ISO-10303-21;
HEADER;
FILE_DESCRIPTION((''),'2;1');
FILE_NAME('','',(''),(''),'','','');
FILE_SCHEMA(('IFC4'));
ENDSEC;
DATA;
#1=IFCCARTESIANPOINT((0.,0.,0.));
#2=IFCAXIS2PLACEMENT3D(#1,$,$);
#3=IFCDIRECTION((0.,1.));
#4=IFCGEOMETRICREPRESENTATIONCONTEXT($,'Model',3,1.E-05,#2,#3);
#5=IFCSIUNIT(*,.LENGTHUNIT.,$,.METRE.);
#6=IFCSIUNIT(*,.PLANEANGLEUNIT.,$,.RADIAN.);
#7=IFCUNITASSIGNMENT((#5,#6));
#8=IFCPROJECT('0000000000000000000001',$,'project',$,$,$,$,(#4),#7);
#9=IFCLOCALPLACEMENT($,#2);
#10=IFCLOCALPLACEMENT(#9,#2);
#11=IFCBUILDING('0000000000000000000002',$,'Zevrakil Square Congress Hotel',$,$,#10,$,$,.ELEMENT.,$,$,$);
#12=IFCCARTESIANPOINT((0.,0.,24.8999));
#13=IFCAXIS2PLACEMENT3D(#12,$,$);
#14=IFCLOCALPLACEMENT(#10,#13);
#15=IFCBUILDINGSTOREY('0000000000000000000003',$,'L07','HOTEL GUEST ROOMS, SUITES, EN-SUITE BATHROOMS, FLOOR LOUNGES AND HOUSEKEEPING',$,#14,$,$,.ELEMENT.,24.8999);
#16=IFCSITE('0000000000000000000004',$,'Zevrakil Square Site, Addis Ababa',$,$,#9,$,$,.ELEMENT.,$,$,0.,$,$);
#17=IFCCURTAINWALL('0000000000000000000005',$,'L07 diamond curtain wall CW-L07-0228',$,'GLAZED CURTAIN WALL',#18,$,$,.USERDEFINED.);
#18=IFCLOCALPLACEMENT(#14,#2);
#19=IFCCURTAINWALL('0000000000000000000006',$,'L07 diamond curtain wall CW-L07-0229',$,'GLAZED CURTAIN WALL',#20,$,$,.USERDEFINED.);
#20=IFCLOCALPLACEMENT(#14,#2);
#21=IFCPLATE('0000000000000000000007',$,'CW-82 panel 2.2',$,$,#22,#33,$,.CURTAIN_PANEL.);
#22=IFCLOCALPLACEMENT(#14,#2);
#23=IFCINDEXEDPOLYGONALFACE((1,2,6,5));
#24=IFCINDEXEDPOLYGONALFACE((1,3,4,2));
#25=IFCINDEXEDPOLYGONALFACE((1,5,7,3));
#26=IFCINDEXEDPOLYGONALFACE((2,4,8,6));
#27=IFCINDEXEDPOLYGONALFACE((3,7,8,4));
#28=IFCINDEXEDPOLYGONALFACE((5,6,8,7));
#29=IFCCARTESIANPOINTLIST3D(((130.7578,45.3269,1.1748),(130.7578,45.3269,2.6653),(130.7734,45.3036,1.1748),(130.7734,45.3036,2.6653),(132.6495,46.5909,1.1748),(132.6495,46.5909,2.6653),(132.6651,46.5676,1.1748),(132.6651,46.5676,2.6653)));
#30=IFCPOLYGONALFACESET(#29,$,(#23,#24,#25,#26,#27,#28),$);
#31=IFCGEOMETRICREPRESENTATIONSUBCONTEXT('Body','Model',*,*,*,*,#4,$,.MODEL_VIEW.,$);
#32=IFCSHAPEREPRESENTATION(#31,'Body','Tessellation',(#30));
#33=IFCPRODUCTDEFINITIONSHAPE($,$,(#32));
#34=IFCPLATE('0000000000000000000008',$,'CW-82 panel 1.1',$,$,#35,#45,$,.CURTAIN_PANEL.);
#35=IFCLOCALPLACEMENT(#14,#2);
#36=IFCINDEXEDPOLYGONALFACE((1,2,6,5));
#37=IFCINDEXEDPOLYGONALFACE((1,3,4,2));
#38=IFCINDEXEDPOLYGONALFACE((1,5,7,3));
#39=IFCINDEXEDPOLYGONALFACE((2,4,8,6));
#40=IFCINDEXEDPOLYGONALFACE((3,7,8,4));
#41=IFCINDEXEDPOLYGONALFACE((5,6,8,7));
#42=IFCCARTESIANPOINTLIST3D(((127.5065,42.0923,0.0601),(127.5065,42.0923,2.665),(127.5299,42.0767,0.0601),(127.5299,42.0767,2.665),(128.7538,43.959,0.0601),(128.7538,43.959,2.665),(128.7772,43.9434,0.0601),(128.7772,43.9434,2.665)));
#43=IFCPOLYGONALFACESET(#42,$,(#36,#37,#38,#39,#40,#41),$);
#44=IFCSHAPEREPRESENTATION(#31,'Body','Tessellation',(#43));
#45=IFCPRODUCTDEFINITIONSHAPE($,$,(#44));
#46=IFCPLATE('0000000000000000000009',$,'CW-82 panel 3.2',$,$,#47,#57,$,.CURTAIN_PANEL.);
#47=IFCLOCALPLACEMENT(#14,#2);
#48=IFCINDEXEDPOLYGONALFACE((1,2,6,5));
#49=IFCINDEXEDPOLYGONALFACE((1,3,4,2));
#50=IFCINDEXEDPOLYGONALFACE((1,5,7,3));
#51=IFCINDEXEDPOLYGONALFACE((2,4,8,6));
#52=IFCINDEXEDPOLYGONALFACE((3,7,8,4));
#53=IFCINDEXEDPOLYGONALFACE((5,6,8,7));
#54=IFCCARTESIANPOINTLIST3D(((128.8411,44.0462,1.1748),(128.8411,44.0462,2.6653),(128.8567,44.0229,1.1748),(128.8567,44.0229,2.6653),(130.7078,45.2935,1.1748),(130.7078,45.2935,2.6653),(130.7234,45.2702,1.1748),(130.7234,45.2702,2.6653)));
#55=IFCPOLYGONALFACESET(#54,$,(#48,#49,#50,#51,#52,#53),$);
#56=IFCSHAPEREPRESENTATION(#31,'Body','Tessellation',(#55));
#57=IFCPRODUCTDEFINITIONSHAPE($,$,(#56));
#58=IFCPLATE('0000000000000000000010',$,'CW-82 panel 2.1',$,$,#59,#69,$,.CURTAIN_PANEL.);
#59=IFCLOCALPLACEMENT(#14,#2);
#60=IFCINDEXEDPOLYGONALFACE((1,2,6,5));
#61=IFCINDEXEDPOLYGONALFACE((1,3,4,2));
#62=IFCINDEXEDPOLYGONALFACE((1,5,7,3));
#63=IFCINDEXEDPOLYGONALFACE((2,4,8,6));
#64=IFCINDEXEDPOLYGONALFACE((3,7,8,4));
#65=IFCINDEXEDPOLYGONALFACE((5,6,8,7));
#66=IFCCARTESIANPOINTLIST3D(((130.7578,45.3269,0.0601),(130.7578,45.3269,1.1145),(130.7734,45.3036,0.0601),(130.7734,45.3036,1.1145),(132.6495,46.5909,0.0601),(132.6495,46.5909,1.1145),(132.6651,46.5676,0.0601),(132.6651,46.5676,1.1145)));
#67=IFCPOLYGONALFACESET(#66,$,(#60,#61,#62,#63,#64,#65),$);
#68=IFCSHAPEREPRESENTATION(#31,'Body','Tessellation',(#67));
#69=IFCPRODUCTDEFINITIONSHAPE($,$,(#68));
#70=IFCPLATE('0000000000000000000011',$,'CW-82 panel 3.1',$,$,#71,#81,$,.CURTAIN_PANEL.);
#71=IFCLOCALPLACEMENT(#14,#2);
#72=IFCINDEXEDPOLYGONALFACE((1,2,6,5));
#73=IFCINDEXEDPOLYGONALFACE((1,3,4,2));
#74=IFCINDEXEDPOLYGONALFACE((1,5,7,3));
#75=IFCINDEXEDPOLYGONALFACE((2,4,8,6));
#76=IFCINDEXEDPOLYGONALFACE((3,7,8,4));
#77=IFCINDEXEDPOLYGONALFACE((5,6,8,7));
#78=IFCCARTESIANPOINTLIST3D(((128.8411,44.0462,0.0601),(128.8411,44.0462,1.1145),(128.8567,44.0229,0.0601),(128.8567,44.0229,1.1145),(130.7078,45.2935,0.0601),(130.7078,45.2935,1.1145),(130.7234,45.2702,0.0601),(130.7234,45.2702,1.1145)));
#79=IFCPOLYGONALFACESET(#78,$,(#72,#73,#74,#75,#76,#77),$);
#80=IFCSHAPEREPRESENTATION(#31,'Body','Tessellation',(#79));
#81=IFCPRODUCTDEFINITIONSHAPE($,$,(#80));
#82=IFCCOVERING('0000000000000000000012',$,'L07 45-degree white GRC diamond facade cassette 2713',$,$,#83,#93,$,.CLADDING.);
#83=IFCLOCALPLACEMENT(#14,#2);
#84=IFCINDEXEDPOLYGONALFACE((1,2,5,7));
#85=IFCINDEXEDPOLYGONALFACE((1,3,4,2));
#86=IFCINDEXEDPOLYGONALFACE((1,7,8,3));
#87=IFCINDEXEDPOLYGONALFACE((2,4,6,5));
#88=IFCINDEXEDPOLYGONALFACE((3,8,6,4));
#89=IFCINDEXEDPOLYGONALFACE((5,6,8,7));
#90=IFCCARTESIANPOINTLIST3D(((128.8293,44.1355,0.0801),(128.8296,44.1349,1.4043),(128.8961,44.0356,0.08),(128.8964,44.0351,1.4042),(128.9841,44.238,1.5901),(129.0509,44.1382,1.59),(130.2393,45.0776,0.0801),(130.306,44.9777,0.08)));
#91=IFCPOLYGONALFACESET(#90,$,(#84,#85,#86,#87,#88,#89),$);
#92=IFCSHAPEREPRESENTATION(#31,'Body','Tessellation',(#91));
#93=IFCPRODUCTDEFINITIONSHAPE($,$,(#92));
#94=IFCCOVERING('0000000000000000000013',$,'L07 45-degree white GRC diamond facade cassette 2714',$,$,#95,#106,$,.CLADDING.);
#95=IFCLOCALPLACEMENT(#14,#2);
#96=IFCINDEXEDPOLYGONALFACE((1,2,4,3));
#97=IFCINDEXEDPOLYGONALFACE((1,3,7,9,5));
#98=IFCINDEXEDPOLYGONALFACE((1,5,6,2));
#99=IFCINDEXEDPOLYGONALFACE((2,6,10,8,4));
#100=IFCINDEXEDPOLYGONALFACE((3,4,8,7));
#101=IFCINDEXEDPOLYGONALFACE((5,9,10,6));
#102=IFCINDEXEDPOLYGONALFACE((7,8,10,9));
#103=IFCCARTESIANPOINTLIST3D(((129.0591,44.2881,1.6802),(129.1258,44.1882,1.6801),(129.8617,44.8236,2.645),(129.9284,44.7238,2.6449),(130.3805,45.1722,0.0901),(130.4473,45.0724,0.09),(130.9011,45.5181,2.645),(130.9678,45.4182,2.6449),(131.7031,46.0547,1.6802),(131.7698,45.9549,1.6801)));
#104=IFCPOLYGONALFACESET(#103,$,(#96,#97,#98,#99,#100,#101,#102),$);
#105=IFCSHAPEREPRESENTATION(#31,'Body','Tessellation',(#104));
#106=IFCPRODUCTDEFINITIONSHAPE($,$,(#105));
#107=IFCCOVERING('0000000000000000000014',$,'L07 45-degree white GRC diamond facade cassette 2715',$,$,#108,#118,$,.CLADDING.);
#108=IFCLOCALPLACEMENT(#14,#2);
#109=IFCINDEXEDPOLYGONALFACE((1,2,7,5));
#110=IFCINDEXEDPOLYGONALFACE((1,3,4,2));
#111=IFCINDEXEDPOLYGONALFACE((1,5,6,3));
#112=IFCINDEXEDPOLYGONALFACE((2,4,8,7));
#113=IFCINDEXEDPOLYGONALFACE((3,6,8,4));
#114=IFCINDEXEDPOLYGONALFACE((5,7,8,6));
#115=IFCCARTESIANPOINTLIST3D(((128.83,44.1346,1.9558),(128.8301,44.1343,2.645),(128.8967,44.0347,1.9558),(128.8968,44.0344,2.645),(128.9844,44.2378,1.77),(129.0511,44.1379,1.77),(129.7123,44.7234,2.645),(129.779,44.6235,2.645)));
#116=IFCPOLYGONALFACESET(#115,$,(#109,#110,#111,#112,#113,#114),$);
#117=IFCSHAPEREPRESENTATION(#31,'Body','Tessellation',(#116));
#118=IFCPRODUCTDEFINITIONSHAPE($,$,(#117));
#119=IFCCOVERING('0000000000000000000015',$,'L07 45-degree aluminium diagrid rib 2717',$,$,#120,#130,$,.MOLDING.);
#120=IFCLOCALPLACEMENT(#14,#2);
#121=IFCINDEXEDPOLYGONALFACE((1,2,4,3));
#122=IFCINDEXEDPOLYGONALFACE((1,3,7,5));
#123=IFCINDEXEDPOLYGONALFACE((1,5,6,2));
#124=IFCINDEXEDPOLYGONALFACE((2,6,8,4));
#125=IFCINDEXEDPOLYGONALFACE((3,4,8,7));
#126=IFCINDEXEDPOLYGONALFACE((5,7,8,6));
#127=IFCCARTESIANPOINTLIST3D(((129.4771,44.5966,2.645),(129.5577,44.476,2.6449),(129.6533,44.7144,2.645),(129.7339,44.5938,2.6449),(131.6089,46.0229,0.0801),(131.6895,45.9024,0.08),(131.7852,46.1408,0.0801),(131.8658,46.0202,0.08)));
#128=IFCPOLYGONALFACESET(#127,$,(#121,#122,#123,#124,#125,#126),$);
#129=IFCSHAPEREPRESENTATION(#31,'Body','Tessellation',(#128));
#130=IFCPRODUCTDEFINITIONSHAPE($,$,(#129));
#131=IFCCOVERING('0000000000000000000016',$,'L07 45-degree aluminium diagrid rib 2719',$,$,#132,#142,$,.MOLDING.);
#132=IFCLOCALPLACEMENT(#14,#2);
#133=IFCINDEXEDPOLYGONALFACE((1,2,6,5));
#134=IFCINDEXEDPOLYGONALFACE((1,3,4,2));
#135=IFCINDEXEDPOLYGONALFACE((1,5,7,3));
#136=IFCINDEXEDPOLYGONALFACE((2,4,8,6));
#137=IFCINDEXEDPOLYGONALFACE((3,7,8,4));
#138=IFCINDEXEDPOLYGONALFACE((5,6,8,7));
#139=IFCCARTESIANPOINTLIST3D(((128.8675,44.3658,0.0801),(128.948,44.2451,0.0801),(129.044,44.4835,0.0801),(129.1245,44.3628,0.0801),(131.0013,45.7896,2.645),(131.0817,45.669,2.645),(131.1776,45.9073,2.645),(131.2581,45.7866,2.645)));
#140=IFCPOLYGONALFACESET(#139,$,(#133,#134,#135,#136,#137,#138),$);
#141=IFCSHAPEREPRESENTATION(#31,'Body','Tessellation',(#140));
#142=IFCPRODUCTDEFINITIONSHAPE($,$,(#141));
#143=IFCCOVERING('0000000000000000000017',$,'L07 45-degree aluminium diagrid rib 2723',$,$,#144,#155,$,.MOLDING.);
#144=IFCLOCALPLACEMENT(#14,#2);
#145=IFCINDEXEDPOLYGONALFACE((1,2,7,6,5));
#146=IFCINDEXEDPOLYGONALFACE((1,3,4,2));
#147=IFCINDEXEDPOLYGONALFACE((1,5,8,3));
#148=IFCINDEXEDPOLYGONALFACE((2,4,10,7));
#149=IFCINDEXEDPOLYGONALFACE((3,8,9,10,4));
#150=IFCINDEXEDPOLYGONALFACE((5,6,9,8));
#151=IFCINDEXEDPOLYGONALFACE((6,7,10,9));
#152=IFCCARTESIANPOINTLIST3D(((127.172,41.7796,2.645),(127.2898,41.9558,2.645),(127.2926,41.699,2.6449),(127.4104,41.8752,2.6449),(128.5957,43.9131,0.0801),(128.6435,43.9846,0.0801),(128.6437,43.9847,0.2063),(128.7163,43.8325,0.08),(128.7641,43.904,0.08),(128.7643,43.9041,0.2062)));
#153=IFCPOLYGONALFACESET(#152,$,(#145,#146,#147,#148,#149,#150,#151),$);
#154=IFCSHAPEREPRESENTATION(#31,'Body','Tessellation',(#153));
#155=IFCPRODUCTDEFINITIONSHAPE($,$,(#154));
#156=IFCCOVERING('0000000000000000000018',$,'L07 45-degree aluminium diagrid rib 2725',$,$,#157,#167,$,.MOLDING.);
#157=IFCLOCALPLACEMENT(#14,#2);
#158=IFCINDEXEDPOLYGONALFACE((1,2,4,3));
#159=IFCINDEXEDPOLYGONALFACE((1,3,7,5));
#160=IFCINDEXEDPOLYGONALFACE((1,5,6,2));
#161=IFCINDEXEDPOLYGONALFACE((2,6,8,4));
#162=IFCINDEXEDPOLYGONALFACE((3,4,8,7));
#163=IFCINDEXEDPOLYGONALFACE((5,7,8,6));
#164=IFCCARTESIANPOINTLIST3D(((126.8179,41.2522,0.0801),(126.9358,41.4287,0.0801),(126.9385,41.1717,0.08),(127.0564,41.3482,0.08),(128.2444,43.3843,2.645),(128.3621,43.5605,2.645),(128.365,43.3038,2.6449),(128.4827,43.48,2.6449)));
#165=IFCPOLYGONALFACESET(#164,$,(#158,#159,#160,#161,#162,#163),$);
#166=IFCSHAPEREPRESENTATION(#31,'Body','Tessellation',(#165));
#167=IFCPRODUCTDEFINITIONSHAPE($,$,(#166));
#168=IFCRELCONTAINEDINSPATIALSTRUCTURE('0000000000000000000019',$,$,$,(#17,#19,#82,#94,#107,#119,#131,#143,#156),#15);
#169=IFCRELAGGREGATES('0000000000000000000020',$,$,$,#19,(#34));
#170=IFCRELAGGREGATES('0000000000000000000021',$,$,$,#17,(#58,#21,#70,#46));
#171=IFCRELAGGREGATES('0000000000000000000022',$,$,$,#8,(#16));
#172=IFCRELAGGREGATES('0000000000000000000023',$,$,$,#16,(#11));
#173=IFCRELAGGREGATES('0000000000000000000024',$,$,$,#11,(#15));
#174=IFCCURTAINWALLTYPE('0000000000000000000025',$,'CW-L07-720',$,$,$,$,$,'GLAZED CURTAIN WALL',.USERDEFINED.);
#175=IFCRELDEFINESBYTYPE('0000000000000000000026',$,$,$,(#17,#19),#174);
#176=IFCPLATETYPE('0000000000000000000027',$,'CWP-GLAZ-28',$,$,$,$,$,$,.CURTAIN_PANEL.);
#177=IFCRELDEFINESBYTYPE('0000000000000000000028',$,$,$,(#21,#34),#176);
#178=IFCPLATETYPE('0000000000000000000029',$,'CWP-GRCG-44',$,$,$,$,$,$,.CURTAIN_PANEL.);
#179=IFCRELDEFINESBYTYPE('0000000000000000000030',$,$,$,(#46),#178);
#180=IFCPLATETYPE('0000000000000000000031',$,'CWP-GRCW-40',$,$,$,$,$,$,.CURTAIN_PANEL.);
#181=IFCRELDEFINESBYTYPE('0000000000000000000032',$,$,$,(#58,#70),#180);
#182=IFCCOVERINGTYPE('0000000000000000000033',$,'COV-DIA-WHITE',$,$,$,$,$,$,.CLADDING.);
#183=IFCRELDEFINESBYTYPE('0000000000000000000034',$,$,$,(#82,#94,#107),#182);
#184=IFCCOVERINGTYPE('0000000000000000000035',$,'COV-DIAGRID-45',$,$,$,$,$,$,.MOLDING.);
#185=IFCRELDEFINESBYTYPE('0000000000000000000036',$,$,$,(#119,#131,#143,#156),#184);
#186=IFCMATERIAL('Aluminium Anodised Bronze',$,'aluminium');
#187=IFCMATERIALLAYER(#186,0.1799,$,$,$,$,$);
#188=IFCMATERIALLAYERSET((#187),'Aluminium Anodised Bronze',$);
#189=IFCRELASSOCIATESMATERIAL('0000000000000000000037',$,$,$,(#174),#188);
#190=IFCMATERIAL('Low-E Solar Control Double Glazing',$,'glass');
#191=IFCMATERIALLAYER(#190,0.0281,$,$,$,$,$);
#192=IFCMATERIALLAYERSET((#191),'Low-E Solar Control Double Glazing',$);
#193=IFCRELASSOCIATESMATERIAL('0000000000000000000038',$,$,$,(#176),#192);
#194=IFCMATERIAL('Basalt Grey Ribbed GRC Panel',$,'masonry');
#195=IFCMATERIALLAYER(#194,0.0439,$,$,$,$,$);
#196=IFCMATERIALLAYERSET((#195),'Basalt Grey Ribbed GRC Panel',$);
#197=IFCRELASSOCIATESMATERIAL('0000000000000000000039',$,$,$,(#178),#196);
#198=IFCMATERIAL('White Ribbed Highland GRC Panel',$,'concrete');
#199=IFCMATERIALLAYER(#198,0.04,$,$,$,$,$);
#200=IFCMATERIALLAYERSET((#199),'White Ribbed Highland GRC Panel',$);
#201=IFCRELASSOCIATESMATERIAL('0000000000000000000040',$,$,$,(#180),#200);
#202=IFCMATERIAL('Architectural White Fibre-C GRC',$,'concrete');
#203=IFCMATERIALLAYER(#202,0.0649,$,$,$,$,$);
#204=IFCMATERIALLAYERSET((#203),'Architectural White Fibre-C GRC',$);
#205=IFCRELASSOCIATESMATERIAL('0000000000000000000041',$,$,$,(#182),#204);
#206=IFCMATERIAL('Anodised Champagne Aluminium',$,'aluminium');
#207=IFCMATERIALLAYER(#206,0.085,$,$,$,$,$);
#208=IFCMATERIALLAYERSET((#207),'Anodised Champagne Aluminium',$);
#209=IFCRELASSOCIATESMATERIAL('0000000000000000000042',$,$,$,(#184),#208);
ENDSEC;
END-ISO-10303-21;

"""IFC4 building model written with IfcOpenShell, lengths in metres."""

from ifc_helpers import new_model, si_unit, direction, frame, origin, origin_2d, place, context, subcontext, project, spatial, polyline, rectangle, outline, extrude, material, layer, layer_set, type_object, element, aggregate, save


model = new_model("IFC4")

# Units and contexts
model_context = context("Model", 3, precision=1e-05, world=origin(), true_north=direction((0.0, 1.0)))
body_context = subcontext(model_context, "Body", "Model", "MODEL_VIEW")
ifc_project = project(units=[si_unit("LENGTHUNIT", "METRE"), si_unit("PLANEANGLEUNIT", "RADIAN")], contexts=[model_context])

# Site, building, storey
site_placement = place(None, origin())
site = spatial("IfcSite", under=ifc_project, at=site_placement, Name="Zevrakil Square Site, Addis Ababa", CompositionType="ELEMENT", RefElevation=0.0)
building_placement = place(site_placement, origin())
building = spatial("IfcBuilding", under=site, at=building_placement, Name="Zevrakil Square Congress Hotel", CompositionType="ELEMENT")
storey_placement = place(building_placement, frame((0.0, 0.0, 24.8999)))
storey = spatial("IfcBuildingStorey", under=building, at=storey_placement, Name="L07", Description="HOTEL GUEST ROOMS, SUITES, EN-SUITE BATHROOMS, FLOOR LOUNGES AND HOUSEKEEPING", CompositionType="ELEMENT", Elevation=24.8999)

# Curtain walls
ifc_material_1 = material(Name="Aluminium Anodised Bronze", Category="aluminium")
ifc_layer_1 = layer(ifc_material_1, 0.1799)
ifc_layer_set_1 = layer_set([ifc_layer_1], Name="Aluminium Anodised Bronze")
curtain_wall_type = type_object("IfcCurtainWallType", Name="CW-L07-720", ElementType="GLAZED CURTAIN WALL", PredefinedType="USERDEFINED", material=ifc_layer_set_1)
curtain_wall_1_placement = place(storey_placement, origin())
curtain_wall_1 = element("IfcCurtainWall", 1, at=curtain_wall_1_placement, inside=storey, type_object=curtain_wall_type, Name="L07 diamond curtain wall CW-L07-0228", ObjectType="GLAZED CURTAIN WALL", PredefinedType="USERDEFINED")
curtain_wall_2_placement = place(storey_placement, origin())
curtain_wall_2 = element("IfcCurtainWall", 2, at=curtain_wall_2_placement, inside=storey, type_object=curtain_wall_type, Name="L07 diamond curtain wall CW-L07-0229", ObjectType="GLAZED CURTAIN WALL", PredefinedType="USERDEFINED")

# Plates
ifc_material_2 = material(Name="Low-E Solar Control Double Glazing", Category="glass")
ifc_layer_2 = layer(ifc_material_2, 0.0281)
ifc_layer_set_2 = layer_set([ifc_layer_2], Name="Low-E Solar Control Double Glazing")
plate_type_1 = type_object("IfcPlateType", Name="CWP-GLAZ-28", PredefinedType="CURTAIN_PANEL", material=ifc_layer_set_2)
plate_1_placement = place(storey_placement, frame((131.7114, 45.9473, 1.1748), z_axis=(0.0, 0.0, 1.0), x_axis=(-0.831466, -0.555576, 0.0)))
plate_1 = element("IfcPlate", 3, at=plate_1_placement, type_object=plate_type_1, Name="CW-82 panel 2.2", PredefinedType="CURTAIN_PANEL", context=body_context, shape_type="SweptSolid", body=[
    extrude(rectangle(XDim=2.2751, YDim=0.0281, at=origin_2d()), origin(), (0.0, 0.0, 1.0), 1.4905),
])
plate_2_placement = place(storey_placement, frame((128.1418, 43.0178, 0.0601), z_axis=(0.0, 0.0, 1.0), x_axis=(-0.555576, -0.831466, 0.0)))
plate_2 = element("IfcPlate", 4, at=plate_2_placement, type_object=plate_type_1, Name="CW-82 panel 1.1", PredefinedType="CURTAIN_PANEL", context=body_context, shape_type="SweptSolid", body=[
    extrude(rectangle(XDim=2.2451, YDim=0.0281, at=origin_2d()), origin(), (0.0, 0.0, 1.0), 2.605),
])
aggregate(curtain_wall_2, [plate_2])
ifc_material_3 = material(Name="Basalt Grey Ribbed GRC Panel", Category="masonry")
ifc_layer_3 = layer(ifc_material_3, 0.0439)
ifc_layer_set_3 = layer_set([ifc_layer_3], Name="Basalt Grey Ribbed GRC Panel")
plate_type_2 = type_object("IfcPlateType", Name="CWP-GRCG-44", PredefinedType="CURTAIN_PANEL", material=ifc_layer_set_3)
plate_3_placement = place(storey_placement, frame((129.7822, 44.6582, 1.1748), z_axis=(0.0, 0.0, 1.0), x_axis=(-0.831466, -0.555576, 0.0)))
plate_3 = element("IfcPlate", 5, at=plate_3_placement, type_object=plate_type_2, Name="CW-82 panel 3.2", PredefinedType="CURTAIN_PANEL", context=body_context, shape_type="SweptSolid", body=[
    extrude(rectangle(XDim=2.2451, YDim=0.0281, at=origin_2d()), origin(), (0.0, 0.0, 1.0), 1.4905),
])
ifc_material_4 = material(Name="White Ribbed Highland GRC Panel", Category="concrete")
ifc_layer_4 = layer(ifc_material_4, 0.04)
ifc_layer_set_4 = layer_set([ifc_layer_4], Name="White Ribbed Highland GRC Panel")
plate_type_3 = type_object("IfcPlateType", Name="CWP-GRCW-40", PredefinedType="CURTAIN_PANEL", material=ifc_layer_set_4)
plate_4_placement = place(storey_placement, frame((131.7114, 45.9473, 0.0601), z_axis=(0.0, 0.0, 1.0), x_axis=(-0.831466, -0.555576, 0.0)))
plate_4 = element("IfcPlate", 6, at=plate_4_placement, type_object=plate_type_3, Name="CW-82 panel 2.1", PredefinedType="CURTAIN_PANEL", context=body_context, shape_type="SweptSolid", body=[
    extrude(rectangle(XDim=2.2751, YDim=0.0281, at=origin_2d()), origin(), (0.0, 0.0, 1.0), 1.0544),
])
plate_5_placement = place(storey_placement, frame((129.7822, 44.6582, 0.0601), z_axis=(0.0, 0.0, 1.0), x_axis=(-0.831466, -0.555576, 0.0)))
plate_5 = element("IfcPlate", 7, at=plate_5_placement, type_object=plate_type_3, Name="CW-82 panel 3.1", PredefinedType="CURTAIN_PANEL", context=body_context, shape_type="SweptSolid", body=[
    extrude(rectangle(XDim=2.2451, YDim=0.0281, at=origin_2d()), origin(), (0.0, 0.0, 1.0), 1.0544),
])
aggregate(curtain_wall_1, [plate_4, plate_1, plate_5, plate_3])

# Coverings
ifc_material_5 = material(Name="Architectural White Fibre-C GRC", Category="concrete")
ifc_layer_5 = layer(ifc_material_5, 0.0649)
ifc_layer_set_5 = layer_set([ifc_layer_5], Name="Architectural White Fibre-C GRC")
covering_type_1 = type_object("IfcCoveringType", Name="COV-DIA-WHITE", PredefinedType="CLADDING", material=ifc_layer_set_5)
covering_1_placement = place(storey_placement, frame((128.9841, 44.238, 1.5901), z_axis=(-0.555548, 0.831484, 0.000484), x_axis=(-0.58805, -0.392488, -0.707213)))
element("IfcCovering", 8, at=covering_1_placement, inside=storey, type_object=covering_type_1, Name="L07 45-degree white GRC diamond facade cassette 2713", PredefinedType="CLADDING", context=body_context, shape_type="SweptSolid", body=[
    extrude(outline(polyline([(0.0, 0.0), (0.2627, 0.0), (1.1992, -0.9363), (0.0003, -2.1355), (0.0, 0.0)])), origin(), (0.0, 0.0, -1.0), 0.1201),
])
covering_2_placement = place(storey_placement, frame((129.0591, 44.2881, 1.6802), z_axis=(-0.555563, 0.831474, 0.000638), x_axis=(0.587667, 0.393201, -0.707136)))
element("IfcCovering", 9, at=covering_2_placement, inside=storey, type_object=covering_type_1, Name="L07 45-degree white GRC diamond facade cassette 2714", PredefinedType="CLADDING", context=body_context, shape_type="SweptSolid", body=[
    extrude(outline(polyline([(0.0, 0.0), (2.2486, 0.0), (2.2484, -2.2486), (0.8839, -2.2485), (0.0, -1.3645), (0.0, 0.0)])), origin(), (0.0, 0.0, -1.0), 0.1201),
])
covering_3_placement = place(storey_placement, frame((128.9844, 44.2378, 1.77), z_axis=(-0.555367, 0.831605, 0.000449), x_axis=(0.588226, 0.392451, 0.707087)))
element("IfcCovering", 10, at=covering_3_placement, inside=storey, type_object=covering_type_1, Name="L07 45-degree white GRC diamond facade cassette 2715", PredefinedType="CLADDING", context=body_context, shape_type="SweptSolid", body=[
    extrude(outline(polyline([(0.0, 0.0), (1.2375, 0.0), (0.4873, -0.7501), (0.0, -0.2627), (0.0, 0.0)])), origin(), (0.0, 0.0, -1.0), 0.1201),
])
ifc_material_6 = material(Name="Anodised Champagne Aluminium", Category="aluminium")
ifc_layer_6 = layer(ifc_material_6, 0.085)
ifc_layer_set_6 = layer_set([ifc_layer_6], Name="Anodised Champagne Aluminium")
covering_type_2 = type_object("IfcCoveringType", Name="COV-DIAGRID-45", PredefinedType="MOLDING", material=ifc_layer_set_6)
covering_4_placement = place(storey_placement, frame((131.6089, 46.0229, 0.0801), z_axis=(-0.55563, 0.83143, 0.000558), x_axis=(0.83143, 0.55563, 0.0)))
element("IfcCovering", 11, at=covering_4_placement, inside=storey, type_object=covering_type_2, Name="L07 45-degree aluminium diagrid rib 2717", PredefinedType="MOLDING", context=body_context, shape_type="SweptSolid", body=[
    extrude(outline(polyline([(0.0, 0.0), (0.2121, 0.0), (-2.353, -2.5649), (-2.565, -2.5649), (0.0, 0.0)])), origin(), (0.0, 0.0, -1.0), 0.145),
])
covering_5_placement = place(storey_placement, frame((131.2581, 45.7866, 2.645), z_axis=(0.554966, -0.831873, 0.000129), x_axis=(-0.831873, -0.554966, 0.0)))
element("IfcCovering", 12, at=covering_5_placement, inside=storey, type_object=covering_type_2, Name="L07 45-degree aluminium diagrid rib 2719", PredefinedType="MOLDING", context=body_context, shape_type="SweptSolid", body=[
    extrude(outline(polyline([(0.0, 0.0), (0.2119, 0.0), (2.7772, 2.5649), (2.565, 2.5649), (0.0, 0.0)])), origin(), (0.0, 0.0, -1.0), 0.145),
])
covering_6_placement = place(storey_placement, frame((128.5957, 43.9131, 0.0801), z_axis=(-0.831354, 0.555742, 0.000811), x_axis=(0.555742, 0.831355, 0.0)))
element("IfcCovering", 13, at=covering_6_placement, inside=storey, type_object=covering_type_2, Name="L07 45-degree aluminium diagrid rib 2723", PredefinedType="MOLDING", context=body_context, shape_type="SweptSolid", body=[
    extrude(outline(polyline([(0.0, 0.0), (0.0861, 0.0), (0.0862, -0.1262), (-2.3529, -2.5649), (-2.5649, -2.5649), (0.0, 0.0)])), origin(), (0.0, 0.0, -1.0), 0.145),
])
covering_7_placement = place(storey_placement, frame((128.3621, 43.5605, 2.645), z_axis=(-0.831607, 0.555364, 0.000852), x_axis=(-0.555364, -0.831607, 0.0)))
element("IfcCovering", 14, at=covering_7_placement, inside=storey, type_object=covering_type_2, Name="L07 45-degree aluminium diagrid rib 2725", PredefinedType="MOLDING", context=body_context, shape_type="SweptSolid", body=[
    extrude(outline(polyline([(0.0, 0.0), (0.2119, 0.0), (2.7772, -2.5649), (2.5649, -2.5649), (0.0, 0.0)])), origin(), (0.0, 0.0, -1.0), 0.145),
])

save(model, "model.ifc")
